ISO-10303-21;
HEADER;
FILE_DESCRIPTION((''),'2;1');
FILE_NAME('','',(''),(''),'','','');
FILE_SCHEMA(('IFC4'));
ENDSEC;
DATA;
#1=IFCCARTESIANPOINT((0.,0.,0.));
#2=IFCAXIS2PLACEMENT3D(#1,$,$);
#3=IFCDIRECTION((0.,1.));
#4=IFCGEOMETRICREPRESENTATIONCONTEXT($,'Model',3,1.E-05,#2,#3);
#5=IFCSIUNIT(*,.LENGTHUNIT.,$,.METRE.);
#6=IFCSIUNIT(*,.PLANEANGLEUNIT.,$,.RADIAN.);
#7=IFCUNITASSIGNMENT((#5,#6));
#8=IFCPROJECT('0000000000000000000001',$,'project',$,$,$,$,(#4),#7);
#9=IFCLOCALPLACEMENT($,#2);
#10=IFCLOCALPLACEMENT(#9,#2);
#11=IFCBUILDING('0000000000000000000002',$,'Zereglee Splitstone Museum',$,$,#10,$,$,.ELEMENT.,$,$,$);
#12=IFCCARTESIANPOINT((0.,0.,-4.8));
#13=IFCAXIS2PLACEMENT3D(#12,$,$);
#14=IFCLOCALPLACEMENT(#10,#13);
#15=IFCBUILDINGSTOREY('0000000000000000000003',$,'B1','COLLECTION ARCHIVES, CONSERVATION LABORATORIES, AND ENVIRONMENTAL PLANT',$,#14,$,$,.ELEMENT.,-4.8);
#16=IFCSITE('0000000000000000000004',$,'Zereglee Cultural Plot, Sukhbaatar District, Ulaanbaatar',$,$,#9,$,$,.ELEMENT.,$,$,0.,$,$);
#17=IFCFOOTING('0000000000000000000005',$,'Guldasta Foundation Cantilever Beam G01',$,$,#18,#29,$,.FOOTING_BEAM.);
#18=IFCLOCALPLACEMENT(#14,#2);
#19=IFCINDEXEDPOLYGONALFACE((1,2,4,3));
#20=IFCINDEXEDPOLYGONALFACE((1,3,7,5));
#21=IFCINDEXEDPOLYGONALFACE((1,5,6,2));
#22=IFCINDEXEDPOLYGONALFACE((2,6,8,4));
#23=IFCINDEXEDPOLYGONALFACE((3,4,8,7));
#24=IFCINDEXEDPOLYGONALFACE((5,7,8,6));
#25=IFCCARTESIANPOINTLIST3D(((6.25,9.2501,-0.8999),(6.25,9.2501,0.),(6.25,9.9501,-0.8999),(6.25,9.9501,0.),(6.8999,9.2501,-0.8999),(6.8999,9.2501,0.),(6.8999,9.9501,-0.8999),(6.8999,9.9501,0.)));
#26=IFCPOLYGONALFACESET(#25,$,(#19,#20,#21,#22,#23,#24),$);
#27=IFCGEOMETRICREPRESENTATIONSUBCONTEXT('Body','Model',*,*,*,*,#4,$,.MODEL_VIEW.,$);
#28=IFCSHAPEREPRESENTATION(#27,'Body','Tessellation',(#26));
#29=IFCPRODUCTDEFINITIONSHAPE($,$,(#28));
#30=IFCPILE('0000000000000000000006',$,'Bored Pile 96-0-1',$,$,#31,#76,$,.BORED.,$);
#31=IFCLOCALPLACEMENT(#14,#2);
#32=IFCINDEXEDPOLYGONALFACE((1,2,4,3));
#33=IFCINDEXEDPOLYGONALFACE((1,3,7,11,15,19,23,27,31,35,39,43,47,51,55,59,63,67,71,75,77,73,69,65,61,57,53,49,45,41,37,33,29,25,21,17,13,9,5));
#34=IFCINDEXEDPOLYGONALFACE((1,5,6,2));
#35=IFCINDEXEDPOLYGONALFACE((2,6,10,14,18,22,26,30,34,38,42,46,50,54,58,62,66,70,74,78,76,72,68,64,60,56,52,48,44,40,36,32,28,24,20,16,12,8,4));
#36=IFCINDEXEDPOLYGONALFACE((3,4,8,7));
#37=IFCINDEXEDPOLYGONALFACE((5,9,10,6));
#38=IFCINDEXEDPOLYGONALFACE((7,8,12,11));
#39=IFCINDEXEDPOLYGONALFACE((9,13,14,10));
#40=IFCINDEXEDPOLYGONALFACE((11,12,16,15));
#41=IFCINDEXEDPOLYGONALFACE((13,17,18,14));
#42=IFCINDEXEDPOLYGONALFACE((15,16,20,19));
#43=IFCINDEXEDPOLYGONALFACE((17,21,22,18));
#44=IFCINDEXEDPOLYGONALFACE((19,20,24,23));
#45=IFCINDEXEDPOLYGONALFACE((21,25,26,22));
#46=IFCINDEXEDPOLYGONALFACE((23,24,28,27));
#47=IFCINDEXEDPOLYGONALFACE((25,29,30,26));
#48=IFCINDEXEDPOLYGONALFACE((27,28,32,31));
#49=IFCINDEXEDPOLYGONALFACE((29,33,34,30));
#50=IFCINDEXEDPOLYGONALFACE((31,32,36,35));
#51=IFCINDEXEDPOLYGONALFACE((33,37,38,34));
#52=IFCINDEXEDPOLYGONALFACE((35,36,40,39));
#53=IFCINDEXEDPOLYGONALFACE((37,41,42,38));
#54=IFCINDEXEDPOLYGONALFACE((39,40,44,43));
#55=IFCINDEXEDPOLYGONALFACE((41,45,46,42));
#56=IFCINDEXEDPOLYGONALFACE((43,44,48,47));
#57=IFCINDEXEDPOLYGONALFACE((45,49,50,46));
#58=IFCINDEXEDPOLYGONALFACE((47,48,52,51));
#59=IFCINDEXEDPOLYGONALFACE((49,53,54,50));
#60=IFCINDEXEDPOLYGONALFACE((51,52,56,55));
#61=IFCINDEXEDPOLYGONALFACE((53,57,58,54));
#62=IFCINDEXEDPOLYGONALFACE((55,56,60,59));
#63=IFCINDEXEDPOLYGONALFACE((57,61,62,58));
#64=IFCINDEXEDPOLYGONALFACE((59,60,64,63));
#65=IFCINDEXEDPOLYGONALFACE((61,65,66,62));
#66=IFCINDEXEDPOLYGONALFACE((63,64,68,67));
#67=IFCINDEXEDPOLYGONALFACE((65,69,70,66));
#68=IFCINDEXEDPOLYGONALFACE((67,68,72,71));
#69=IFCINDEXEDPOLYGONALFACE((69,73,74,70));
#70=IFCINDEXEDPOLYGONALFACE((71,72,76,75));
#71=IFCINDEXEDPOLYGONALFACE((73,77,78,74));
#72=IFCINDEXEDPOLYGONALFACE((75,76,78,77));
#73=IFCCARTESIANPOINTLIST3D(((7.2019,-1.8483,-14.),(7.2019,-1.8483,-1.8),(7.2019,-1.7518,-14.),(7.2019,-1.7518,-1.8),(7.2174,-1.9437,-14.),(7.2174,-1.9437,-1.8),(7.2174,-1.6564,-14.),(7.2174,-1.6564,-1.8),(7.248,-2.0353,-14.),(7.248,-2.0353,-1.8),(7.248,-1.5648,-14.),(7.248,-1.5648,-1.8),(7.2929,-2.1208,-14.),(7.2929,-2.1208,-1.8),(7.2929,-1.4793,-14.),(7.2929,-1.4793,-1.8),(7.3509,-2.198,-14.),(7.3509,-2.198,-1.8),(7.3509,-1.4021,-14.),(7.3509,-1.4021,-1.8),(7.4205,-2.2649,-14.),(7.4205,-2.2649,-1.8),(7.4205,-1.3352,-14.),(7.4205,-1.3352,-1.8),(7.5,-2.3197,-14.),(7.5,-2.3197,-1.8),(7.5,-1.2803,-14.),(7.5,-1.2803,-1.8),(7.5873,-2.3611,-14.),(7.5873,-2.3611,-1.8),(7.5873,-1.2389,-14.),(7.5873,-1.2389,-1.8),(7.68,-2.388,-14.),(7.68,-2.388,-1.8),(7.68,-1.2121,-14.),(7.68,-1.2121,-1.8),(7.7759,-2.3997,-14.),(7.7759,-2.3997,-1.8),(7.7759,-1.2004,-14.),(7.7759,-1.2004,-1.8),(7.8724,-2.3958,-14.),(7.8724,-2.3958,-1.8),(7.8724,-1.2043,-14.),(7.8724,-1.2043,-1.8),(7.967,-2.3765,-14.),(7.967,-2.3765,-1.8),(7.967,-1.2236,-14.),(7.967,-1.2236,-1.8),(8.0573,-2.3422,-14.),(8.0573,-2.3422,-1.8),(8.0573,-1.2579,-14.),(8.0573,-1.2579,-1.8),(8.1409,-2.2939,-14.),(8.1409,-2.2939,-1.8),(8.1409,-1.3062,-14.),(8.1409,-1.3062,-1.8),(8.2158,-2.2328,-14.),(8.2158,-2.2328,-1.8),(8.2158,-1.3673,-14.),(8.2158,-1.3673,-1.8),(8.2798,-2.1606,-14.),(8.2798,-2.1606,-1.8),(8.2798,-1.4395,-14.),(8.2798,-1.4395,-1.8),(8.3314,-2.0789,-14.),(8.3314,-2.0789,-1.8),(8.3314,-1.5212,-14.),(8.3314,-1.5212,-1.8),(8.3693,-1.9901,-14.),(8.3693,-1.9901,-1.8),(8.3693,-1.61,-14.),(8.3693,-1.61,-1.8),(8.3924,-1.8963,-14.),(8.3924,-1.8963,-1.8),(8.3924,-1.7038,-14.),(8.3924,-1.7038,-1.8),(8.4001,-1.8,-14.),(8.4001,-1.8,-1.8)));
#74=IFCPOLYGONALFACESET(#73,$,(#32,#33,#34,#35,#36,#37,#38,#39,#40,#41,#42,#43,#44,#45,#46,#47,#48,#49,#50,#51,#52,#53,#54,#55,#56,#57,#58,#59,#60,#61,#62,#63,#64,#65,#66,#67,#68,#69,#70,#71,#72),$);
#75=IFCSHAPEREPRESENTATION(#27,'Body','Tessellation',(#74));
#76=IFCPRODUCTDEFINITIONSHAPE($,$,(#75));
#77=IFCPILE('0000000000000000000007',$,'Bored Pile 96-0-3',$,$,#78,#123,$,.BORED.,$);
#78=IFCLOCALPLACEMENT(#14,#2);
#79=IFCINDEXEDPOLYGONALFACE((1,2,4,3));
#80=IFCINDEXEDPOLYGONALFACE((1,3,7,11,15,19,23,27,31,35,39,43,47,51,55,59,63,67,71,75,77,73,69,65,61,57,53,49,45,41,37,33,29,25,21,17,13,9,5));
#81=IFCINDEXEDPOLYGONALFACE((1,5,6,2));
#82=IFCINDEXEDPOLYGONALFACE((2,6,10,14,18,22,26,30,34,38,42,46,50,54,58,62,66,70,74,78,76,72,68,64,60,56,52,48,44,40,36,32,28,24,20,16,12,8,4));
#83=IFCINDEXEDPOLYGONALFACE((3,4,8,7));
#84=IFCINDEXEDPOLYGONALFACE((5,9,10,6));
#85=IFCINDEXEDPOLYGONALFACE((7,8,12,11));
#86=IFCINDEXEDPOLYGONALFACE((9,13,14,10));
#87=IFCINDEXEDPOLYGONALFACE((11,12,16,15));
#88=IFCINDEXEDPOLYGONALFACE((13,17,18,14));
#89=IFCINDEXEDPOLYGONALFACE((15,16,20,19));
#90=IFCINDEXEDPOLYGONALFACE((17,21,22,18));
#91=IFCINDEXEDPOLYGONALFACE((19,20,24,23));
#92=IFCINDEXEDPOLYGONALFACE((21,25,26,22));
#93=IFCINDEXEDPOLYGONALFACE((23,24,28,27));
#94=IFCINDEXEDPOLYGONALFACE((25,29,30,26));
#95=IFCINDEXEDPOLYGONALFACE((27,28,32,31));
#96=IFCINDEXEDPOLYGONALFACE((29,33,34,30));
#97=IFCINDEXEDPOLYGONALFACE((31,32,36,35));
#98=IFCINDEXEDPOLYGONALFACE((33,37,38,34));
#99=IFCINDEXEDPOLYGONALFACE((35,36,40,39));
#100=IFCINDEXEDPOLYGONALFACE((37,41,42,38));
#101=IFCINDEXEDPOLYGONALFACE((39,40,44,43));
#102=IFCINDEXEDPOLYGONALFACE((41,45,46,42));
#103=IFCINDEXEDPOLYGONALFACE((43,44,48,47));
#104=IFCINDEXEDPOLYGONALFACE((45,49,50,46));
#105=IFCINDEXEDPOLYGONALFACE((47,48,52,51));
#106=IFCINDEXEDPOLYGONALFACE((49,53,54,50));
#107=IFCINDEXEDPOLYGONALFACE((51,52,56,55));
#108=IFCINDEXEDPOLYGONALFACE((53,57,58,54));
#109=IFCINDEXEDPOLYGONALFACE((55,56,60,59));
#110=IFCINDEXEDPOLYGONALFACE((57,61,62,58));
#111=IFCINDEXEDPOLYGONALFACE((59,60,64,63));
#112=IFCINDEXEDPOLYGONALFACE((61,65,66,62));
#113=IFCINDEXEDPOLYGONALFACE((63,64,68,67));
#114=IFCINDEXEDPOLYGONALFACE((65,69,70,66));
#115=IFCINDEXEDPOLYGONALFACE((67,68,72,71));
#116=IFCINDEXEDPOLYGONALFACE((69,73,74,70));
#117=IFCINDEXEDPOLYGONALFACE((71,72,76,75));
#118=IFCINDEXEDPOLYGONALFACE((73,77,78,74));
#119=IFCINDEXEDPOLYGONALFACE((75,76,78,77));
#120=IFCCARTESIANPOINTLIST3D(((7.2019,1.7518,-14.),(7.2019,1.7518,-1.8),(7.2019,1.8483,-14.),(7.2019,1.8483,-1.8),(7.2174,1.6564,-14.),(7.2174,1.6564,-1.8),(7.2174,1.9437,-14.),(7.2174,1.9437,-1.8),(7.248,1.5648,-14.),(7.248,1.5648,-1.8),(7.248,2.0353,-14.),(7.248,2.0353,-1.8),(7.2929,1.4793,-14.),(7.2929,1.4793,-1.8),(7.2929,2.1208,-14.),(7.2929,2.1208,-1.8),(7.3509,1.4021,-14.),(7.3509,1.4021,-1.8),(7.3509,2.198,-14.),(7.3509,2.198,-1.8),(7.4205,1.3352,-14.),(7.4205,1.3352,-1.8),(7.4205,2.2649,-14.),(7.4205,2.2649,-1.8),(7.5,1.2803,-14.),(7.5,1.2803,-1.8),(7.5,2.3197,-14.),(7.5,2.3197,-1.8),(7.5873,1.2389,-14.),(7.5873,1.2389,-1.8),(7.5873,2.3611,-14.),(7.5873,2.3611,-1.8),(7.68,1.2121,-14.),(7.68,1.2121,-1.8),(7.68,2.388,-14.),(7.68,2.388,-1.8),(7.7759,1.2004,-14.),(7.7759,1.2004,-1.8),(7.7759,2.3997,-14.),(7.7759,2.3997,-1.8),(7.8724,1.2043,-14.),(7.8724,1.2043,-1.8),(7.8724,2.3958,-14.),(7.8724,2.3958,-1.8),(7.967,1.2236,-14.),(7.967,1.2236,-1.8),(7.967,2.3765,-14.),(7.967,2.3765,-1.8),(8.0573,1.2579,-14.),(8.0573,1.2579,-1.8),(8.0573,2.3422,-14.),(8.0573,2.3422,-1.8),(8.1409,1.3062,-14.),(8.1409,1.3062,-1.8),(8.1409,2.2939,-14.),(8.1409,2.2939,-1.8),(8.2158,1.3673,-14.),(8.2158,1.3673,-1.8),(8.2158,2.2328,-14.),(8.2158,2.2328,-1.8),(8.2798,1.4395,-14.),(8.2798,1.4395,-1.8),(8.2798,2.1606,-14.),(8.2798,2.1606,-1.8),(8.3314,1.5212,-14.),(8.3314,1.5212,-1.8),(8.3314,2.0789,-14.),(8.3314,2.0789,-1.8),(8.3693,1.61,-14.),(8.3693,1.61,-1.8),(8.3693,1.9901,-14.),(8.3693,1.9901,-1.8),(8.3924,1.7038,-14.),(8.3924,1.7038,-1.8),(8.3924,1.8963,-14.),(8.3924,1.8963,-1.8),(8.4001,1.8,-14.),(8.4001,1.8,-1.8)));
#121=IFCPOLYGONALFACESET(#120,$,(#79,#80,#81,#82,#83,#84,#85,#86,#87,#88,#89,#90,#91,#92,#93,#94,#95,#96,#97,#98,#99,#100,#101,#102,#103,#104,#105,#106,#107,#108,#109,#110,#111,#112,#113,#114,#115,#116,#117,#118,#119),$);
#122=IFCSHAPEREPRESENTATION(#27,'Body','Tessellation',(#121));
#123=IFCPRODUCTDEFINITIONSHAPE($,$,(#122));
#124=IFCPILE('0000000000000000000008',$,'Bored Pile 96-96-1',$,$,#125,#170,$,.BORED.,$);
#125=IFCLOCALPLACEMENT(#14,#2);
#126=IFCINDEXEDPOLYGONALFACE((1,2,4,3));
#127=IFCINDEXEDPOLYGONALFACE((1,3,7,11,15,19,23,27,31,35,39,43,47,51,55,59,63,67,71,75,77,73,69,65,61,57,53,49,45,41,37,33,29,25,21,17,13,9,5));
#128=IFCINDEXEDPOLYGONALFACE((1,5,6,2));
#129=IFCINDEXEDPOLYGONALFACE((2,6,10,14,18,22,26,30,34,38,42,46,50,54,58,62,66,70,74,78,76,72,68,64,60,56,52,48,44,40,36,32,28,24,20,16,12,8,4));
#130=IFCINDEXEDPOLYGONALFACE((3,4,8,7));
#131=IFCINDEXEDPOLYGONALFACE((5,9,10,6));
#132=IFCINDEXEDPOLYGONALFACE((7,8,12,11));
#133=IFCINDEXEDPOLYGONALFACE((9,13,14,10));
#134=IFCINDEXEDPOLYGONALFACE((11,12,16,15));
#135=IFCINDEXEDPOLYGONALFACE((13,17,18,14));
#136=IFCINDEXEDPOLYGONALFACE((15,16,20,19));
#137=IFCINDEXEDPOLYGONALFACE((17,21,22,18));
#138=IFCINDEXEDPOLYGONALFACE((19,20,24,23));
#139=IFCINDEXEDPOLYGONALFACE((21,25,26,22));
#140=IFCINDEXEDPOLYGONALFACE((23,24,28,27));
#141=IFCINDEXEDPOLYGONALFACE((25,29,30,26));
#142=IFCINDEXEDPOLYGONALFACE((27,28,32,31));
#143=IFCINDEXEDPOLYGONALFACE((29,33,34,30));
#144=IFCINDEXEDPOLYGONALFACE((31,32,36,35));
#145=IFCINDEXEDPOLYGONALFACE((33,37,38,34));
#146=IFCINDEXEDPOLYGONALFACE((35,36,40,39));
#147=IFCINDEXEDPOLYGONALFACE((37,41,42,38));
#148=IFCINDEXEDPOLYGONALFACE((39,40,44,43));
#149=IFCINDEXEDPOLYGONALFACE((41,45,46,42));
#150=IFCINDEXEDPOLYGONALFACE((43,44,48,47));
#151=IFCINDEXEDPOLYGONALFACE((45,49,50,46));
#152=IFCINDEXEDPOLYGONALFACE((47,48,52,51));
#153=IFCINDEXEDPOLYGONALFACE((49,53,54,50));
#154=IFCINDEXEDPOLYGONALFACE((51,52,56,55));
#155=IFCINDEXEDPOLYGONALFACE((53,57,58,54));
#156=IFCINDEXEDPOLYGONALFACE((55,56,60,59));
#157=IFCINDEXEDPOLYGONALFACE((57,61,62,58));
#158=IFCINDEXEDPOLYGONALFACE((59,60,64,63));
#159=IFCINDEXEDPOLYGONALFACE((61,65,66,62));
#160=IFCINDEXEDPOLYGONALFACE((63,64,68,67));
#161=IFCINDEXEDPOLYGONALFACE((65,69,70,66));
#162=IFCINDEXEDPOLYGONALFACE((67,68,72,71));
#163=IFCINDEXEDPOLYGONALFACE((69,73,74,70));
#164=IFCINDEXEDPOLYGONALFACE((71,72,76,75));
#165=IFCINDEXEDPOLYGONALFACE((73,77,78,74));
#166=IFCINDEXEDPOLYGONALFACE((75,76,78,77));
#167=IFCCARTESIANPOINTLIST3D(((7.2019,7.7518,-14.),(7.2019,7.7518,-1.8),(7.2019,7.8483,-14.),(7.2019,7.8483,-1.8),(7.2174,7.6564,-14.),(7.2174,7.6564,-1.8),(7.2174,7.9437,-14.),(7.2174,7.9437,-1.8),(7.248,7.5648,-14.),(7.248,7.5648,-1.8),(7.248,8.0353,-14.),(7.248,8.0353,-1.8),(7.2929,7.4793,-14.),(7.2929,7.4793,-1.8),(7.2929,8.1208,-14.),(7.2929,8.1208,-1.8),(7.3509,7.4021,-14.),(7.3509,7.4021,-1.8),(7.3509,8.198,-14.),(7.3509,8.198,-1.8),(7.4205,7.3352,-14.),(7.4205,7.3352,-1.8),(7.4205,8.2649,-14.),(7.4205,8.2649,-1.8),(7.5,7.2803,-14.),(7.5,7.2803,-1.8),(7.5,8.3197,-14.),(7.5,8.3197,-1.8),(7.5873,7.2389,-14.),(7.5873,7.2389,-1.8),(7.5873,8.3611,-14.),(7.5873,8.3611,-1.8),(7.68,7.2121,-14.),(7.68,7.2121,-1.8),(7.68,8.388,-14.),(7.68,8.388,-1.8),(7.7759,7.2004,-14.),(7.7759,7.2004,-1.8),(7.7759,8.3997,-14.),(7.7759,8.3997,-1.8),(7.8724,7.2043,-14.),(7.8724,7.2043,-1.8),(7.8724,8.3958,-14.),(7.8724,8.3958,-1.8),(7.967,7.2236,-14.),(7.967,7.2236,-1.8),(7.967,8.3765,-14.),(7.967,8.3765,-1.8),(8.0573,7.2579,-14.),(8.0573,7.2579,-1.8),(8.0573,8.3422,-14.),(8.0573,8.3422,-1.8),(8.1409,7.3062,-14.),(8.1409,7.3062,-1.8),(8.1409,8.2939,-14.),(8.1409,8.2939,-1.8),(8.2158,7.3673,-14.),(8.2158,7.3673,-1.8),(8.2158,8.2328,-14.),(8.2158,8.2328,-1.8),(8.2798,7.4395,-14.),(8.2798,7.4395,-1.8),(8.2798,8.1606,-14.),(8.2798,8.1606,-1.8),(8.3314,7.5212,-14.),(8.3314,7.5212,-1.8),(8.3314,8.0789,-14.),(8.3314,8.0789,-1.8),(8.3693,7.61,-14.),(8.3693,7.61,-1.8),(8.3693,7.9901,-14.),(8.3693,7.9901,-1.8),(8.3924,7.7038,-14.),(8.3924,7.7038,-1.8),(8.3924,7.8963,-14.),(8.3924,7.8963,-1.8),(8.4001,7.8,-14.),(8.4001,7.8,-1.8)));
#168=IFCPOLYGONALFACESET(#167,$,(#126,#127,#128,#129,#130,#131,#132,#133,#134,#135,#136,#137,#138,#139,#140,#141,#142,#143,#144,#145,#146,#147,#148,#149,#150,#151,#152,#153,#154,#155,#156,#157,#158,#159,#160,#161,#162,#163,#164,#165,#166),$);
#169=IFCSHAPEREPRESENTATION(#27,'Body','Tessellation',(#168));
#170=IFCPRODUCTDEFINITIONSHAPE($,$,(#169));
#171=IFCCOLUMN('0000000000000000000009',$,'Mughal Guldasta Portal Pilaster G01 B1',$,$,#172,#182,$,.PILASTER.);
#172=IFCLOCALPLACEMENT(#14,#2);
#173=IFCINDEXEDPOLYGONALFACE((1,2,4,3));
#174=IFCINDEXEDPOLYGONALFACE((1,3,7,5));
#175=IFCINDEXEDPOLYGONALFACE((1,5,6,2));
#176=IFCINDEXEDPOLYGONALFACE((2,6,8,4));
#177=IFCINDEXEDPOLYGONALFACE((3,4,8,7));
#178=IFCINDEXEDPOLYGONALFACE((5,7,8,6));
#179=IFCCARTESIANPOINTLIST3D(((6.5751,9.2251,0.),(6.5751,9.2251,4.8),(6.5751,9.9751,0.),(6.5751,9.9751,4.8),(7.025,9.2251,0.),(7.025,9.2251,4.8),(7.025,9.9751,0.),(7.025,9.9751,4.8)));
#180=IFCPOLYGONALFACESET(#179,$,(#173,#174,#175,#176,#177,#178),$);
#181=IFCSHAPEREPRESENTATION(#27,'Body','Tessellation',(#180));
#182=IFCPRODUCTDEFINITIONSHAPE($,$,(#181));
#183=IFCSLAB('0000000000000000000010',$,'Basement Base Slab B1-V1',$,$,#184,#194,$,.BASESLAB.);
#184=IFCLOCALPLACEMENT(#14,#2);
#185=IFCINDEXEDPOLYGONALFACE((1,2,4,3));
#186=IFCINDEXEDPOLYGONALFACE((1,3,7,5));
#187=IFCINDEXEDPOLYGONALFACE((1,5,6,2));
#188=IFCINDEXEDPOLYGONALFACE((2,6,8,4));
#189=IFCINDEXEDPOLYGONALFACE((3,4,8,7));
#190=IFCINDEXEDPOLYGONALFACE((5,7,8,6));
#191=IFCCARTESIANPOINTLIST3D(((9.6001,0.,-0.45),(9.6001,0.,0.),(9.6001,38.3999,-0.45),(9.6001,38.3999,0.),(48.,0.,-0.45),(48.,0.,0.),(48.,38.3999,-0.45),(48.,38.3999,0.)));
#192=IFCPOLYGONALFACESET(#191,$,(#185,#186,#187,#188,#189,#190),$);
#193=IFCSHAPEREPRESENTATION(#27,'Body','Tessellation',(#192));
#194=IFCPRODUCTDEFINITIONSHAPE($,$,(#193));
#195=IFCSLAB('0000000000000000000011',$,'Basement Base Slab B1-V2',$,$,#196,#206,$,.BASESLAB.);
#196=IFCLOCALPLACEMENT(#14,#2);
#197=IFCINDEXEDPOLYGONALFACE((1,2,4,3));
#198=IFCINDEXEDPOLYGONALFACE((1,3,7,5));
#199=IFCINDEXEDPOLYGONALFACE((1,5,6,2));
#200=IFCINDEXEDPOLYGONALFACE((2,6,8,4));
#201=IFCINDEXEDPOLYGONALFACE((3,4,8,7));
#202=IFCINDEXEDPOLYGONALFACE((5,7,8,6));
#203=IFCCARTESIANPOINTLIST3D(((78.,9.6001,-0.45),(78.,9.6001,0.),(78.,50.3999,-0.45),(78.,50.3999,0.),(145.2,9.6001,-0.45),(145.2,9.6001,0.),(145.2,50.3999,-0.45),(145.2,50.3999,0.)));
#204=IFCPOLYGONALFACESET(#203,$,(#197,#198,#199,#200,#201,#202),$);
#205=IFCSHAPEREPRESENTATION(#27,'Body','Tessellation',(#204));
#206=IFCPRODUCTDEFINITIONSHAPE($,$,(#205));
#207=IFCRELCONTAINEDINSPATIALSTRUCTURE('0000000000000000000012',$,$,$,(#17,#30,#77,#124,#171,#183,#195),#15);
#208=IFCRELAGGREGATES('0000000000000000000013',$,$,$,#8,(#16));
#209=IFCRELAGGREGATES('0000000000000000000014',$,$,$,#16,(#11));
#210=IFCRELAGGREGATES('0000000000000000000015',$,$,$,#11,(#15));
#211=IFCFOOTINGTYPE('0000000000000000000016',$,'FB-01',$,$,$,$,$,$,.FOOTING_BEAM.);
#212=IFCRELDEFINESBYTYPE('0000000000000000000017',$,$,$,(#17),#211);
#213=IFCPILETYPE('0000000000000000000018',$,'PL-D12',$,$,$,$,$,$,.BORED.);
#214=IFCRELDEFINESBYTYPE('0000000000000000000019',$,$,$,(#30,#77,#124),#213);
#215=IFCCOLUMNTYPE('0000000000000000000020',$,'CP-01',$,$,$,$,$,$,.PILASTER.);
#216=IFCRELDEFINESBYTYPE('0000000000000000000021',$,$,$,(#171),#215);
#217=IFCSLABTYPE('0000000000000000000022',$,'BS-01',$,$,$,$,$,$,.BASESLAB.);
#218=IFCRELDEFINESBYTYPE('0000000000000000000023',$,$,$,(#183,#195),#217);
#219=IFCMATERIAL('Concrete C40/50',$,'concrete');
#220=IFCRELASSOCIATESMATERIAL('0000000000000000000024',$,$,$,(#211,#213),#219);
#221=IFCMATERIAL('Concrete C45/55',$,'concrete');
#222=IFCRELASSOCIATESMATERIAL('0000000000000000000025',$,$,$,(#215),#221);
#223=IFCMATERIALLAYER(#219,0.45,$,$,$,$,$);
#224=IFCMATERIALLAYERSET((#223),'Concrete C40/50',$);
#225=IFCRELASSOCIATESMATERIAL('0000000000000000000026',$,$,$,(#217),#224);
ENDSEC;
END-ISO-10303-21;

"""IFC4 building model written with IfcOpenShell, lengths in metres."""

from ifc_helpers import new_model, si_unit, direction, frame, origin, origin_2d, place, context, subcontext, project, spatial, polyline, rectangle, circle, outline, extrude, material, layer, layer_set, material_profile, profile_set, type_object, element, save


model = new_model("IFC4")

# Units and contexts
model_context = context("Model", 3, precision=1e-05, world=origin(), true_north=direction((0.0, 1.0)))
body_context = subcontext(model_context, "Body", "Model", "MODEL_VIEW")
ifc_project = project(units=[si_unit("LENGTHUNIT", "METRE"), si_unit("PLANEANGLEUNIT", "RADIAN")], contexts=[model_context])

# Site, building, storey
site_placement = place(None, origin())
site = spatial("IfcSite", under=ifc_project, at=site_placement, Name="Zereglee Cultural Plot, Sukhbaatar District, Ulaanbaatar", CompositionType="ELEMENT", RefElevation=0.0)
building_placement = place(site_placement, origin())
building = spatial("IfcBuilding", under=site, at=building_placement, Name="Zereglee Splitstone Museum", CompositionType="ELEMENT")
storey_placement = place(building_placement, frame((0.0, 0.0, -4.8)))
storey = spatial("IfcBuildingStorey", under=building, at=storey_placement, Name="B1", Description="COLLECTION ARCHIVES, CONSERVATION LABORATORIES, AND ENVIRONMENTAL PLANT", CompositionType="ELEMENT", Elevation=-4.8)

# Footing
ifc_material_1 = material(Name="Concrete C40/50", Category="concrete")
footing_type = type_object("IfcFootingType", Name="FB-01", PredefinedType="FOOTING_BEAM", material=ifc_material_1)
footing_placement = place(storey_placement, frame((6.575, 9.6001, -0.8999), z_axis=(0.0, 0.0, 1.0), x_axis=(1.0, 0.0, 0.0)))
element("IfcFooting", 1, at=footing_placement, inside=storey, type_object=footing_type, Name="Guldasta Foundation Cantilever Beam G01", PredefinedType="FOOTING_BEAM", context=body_context, shape_type="SweptSolid", body=[
    extrude(rectangle(XDim=0.6499, YDim=0.7, at=origin_2d()), origin(), (0.0, 0.0, 1.0), 0.8999),
])

# Piles
ifc_material_profile_1 = material_profile(ifc_material_1, circle(Radius=0.6001, at=origin_2d()), Name="PILE D1200")
ifc_profile_set_1 = profile_set([ifc_material_profile_1], Name="Concrete C40/50")
pile_type = type_object("IfcPileType", Name="PL-D12", PredefinedType="BORED", material=ifc_profile_set_1)
for number, where, z_axis, x_axis, name in (
    (2, (7.8, -1.8, -1.8), (0.0, 0.0, -1.0), (1.0, 0.0, 0.0), "Bored Pile 96-0-1"),
    (3, (7.8, 1.8, -1.8), (0.0, 0.0, -1.0), (1.0, 0.0, 0.0), "Bored Pile 96-0-3"),
    (4, (7.8, 7.8, -1.8), (0.0, 0.0, -1.0), (1.0, 0.0, 0.0), "Bored Pile 96-96-1"),
):
    element("IfcPile", number, at=place(storey_placement, frame(where, z_axis=z_axis, x_axis=x_axis)), inside=storey, type_object=pile_type, Name=name, PredefinedType="BORED", context=body_context, shape_type="SweptSolid", body=[
        extrude(circle(Radius=0.6001, at=origin_2d()), origin(), (0.0, 0.0, 1.0), 12.2),
    ])

# Column
ifc_material_2 = material(Name="Concrete C45/55", Category="concrete")
ifc_material_profile_2 = material_profile(ifc_material_2, rectangle(XDim=0.45, YDim=0.75, at=origin_2d()), Name="RC 450x750")
ifc_profile_set_2 = profile_set([ifc_material_profile_2], Name="Concrete C45/55")
column_type = type_object("IfcColumnType", Name="CP-01", PredefinedType="PILASTER", material=ifc_profile_set_2)
column_placement = place(storey_placement, frame((6.8, 9.6001, 0.0), z_axis=(0.0, 0.0, 1.0), x_axis=(1.0, 0.0, 0.0)))
element("IfcColumn", 5, at=column_placement, inside=storey, type_object=column_type, Name="Mughal Guldasta Portal Pilaster G01 B1", PredefinedType="PILASTER", context=body_context, shape_type="SweptSolid", body=[
    extrude(rectangle(XDim=0.45, YDim=0.75, at=origin_2d()), origin(), (0.0, 0.0, 1.0), 4.8),
])

# Slabs
ifc_layer_1 = layer(ifc_material_1, 0.45)
ifc_layer_set_1 = layer_set([ifc_layer_1], Name="Concrete C40/50")
slab_type_1 = type_object("IfcSlabType", Name="BS-01", PredefinedType="BASESLAB", material=ifc_layer_set_1)
slab_1_placement = place(storey_placement, frame((0.0, 0.0, -0.45)))
element("IfcSlab", 6, at=slab_1_placement, inside=storey, type_object=slab_type_1, Name="Basement Base Slab B1-V1", PredefinedType="BASESLAB", context=body_context, shape_type="SweptSolid", body=[
    extrude(outline(polyline([(9.6001, 0.0), (48.0, 0.0), (48.0, 38.3999), (9.6001, 38.3999), (9.6001, 0.0)])), origin(), (0.0, 0.0, 1.0), 0.45),
])
slab_2_placement = place(storey_placement, frame((0.0, 0.0, -0.45)))
element("IfcSlab", 7, at=slab_2_placement, inside=storey, type_object=slab_type_1, Name="Basement Base Slab B1-V2", PredefinedType="BASESLAB", context=body_context, shape_type="SweptSolid", body=[
    extrude(outline(polyline([(78.0, 9.6001), (145.2, 9.6001), (145.2, 50.3999), (78.0, 50.3999), (78.0, 9.6001)])), origin(), (0.0, 0.0, 1.0), 0.45),
])

save(model, "model.ifc")
